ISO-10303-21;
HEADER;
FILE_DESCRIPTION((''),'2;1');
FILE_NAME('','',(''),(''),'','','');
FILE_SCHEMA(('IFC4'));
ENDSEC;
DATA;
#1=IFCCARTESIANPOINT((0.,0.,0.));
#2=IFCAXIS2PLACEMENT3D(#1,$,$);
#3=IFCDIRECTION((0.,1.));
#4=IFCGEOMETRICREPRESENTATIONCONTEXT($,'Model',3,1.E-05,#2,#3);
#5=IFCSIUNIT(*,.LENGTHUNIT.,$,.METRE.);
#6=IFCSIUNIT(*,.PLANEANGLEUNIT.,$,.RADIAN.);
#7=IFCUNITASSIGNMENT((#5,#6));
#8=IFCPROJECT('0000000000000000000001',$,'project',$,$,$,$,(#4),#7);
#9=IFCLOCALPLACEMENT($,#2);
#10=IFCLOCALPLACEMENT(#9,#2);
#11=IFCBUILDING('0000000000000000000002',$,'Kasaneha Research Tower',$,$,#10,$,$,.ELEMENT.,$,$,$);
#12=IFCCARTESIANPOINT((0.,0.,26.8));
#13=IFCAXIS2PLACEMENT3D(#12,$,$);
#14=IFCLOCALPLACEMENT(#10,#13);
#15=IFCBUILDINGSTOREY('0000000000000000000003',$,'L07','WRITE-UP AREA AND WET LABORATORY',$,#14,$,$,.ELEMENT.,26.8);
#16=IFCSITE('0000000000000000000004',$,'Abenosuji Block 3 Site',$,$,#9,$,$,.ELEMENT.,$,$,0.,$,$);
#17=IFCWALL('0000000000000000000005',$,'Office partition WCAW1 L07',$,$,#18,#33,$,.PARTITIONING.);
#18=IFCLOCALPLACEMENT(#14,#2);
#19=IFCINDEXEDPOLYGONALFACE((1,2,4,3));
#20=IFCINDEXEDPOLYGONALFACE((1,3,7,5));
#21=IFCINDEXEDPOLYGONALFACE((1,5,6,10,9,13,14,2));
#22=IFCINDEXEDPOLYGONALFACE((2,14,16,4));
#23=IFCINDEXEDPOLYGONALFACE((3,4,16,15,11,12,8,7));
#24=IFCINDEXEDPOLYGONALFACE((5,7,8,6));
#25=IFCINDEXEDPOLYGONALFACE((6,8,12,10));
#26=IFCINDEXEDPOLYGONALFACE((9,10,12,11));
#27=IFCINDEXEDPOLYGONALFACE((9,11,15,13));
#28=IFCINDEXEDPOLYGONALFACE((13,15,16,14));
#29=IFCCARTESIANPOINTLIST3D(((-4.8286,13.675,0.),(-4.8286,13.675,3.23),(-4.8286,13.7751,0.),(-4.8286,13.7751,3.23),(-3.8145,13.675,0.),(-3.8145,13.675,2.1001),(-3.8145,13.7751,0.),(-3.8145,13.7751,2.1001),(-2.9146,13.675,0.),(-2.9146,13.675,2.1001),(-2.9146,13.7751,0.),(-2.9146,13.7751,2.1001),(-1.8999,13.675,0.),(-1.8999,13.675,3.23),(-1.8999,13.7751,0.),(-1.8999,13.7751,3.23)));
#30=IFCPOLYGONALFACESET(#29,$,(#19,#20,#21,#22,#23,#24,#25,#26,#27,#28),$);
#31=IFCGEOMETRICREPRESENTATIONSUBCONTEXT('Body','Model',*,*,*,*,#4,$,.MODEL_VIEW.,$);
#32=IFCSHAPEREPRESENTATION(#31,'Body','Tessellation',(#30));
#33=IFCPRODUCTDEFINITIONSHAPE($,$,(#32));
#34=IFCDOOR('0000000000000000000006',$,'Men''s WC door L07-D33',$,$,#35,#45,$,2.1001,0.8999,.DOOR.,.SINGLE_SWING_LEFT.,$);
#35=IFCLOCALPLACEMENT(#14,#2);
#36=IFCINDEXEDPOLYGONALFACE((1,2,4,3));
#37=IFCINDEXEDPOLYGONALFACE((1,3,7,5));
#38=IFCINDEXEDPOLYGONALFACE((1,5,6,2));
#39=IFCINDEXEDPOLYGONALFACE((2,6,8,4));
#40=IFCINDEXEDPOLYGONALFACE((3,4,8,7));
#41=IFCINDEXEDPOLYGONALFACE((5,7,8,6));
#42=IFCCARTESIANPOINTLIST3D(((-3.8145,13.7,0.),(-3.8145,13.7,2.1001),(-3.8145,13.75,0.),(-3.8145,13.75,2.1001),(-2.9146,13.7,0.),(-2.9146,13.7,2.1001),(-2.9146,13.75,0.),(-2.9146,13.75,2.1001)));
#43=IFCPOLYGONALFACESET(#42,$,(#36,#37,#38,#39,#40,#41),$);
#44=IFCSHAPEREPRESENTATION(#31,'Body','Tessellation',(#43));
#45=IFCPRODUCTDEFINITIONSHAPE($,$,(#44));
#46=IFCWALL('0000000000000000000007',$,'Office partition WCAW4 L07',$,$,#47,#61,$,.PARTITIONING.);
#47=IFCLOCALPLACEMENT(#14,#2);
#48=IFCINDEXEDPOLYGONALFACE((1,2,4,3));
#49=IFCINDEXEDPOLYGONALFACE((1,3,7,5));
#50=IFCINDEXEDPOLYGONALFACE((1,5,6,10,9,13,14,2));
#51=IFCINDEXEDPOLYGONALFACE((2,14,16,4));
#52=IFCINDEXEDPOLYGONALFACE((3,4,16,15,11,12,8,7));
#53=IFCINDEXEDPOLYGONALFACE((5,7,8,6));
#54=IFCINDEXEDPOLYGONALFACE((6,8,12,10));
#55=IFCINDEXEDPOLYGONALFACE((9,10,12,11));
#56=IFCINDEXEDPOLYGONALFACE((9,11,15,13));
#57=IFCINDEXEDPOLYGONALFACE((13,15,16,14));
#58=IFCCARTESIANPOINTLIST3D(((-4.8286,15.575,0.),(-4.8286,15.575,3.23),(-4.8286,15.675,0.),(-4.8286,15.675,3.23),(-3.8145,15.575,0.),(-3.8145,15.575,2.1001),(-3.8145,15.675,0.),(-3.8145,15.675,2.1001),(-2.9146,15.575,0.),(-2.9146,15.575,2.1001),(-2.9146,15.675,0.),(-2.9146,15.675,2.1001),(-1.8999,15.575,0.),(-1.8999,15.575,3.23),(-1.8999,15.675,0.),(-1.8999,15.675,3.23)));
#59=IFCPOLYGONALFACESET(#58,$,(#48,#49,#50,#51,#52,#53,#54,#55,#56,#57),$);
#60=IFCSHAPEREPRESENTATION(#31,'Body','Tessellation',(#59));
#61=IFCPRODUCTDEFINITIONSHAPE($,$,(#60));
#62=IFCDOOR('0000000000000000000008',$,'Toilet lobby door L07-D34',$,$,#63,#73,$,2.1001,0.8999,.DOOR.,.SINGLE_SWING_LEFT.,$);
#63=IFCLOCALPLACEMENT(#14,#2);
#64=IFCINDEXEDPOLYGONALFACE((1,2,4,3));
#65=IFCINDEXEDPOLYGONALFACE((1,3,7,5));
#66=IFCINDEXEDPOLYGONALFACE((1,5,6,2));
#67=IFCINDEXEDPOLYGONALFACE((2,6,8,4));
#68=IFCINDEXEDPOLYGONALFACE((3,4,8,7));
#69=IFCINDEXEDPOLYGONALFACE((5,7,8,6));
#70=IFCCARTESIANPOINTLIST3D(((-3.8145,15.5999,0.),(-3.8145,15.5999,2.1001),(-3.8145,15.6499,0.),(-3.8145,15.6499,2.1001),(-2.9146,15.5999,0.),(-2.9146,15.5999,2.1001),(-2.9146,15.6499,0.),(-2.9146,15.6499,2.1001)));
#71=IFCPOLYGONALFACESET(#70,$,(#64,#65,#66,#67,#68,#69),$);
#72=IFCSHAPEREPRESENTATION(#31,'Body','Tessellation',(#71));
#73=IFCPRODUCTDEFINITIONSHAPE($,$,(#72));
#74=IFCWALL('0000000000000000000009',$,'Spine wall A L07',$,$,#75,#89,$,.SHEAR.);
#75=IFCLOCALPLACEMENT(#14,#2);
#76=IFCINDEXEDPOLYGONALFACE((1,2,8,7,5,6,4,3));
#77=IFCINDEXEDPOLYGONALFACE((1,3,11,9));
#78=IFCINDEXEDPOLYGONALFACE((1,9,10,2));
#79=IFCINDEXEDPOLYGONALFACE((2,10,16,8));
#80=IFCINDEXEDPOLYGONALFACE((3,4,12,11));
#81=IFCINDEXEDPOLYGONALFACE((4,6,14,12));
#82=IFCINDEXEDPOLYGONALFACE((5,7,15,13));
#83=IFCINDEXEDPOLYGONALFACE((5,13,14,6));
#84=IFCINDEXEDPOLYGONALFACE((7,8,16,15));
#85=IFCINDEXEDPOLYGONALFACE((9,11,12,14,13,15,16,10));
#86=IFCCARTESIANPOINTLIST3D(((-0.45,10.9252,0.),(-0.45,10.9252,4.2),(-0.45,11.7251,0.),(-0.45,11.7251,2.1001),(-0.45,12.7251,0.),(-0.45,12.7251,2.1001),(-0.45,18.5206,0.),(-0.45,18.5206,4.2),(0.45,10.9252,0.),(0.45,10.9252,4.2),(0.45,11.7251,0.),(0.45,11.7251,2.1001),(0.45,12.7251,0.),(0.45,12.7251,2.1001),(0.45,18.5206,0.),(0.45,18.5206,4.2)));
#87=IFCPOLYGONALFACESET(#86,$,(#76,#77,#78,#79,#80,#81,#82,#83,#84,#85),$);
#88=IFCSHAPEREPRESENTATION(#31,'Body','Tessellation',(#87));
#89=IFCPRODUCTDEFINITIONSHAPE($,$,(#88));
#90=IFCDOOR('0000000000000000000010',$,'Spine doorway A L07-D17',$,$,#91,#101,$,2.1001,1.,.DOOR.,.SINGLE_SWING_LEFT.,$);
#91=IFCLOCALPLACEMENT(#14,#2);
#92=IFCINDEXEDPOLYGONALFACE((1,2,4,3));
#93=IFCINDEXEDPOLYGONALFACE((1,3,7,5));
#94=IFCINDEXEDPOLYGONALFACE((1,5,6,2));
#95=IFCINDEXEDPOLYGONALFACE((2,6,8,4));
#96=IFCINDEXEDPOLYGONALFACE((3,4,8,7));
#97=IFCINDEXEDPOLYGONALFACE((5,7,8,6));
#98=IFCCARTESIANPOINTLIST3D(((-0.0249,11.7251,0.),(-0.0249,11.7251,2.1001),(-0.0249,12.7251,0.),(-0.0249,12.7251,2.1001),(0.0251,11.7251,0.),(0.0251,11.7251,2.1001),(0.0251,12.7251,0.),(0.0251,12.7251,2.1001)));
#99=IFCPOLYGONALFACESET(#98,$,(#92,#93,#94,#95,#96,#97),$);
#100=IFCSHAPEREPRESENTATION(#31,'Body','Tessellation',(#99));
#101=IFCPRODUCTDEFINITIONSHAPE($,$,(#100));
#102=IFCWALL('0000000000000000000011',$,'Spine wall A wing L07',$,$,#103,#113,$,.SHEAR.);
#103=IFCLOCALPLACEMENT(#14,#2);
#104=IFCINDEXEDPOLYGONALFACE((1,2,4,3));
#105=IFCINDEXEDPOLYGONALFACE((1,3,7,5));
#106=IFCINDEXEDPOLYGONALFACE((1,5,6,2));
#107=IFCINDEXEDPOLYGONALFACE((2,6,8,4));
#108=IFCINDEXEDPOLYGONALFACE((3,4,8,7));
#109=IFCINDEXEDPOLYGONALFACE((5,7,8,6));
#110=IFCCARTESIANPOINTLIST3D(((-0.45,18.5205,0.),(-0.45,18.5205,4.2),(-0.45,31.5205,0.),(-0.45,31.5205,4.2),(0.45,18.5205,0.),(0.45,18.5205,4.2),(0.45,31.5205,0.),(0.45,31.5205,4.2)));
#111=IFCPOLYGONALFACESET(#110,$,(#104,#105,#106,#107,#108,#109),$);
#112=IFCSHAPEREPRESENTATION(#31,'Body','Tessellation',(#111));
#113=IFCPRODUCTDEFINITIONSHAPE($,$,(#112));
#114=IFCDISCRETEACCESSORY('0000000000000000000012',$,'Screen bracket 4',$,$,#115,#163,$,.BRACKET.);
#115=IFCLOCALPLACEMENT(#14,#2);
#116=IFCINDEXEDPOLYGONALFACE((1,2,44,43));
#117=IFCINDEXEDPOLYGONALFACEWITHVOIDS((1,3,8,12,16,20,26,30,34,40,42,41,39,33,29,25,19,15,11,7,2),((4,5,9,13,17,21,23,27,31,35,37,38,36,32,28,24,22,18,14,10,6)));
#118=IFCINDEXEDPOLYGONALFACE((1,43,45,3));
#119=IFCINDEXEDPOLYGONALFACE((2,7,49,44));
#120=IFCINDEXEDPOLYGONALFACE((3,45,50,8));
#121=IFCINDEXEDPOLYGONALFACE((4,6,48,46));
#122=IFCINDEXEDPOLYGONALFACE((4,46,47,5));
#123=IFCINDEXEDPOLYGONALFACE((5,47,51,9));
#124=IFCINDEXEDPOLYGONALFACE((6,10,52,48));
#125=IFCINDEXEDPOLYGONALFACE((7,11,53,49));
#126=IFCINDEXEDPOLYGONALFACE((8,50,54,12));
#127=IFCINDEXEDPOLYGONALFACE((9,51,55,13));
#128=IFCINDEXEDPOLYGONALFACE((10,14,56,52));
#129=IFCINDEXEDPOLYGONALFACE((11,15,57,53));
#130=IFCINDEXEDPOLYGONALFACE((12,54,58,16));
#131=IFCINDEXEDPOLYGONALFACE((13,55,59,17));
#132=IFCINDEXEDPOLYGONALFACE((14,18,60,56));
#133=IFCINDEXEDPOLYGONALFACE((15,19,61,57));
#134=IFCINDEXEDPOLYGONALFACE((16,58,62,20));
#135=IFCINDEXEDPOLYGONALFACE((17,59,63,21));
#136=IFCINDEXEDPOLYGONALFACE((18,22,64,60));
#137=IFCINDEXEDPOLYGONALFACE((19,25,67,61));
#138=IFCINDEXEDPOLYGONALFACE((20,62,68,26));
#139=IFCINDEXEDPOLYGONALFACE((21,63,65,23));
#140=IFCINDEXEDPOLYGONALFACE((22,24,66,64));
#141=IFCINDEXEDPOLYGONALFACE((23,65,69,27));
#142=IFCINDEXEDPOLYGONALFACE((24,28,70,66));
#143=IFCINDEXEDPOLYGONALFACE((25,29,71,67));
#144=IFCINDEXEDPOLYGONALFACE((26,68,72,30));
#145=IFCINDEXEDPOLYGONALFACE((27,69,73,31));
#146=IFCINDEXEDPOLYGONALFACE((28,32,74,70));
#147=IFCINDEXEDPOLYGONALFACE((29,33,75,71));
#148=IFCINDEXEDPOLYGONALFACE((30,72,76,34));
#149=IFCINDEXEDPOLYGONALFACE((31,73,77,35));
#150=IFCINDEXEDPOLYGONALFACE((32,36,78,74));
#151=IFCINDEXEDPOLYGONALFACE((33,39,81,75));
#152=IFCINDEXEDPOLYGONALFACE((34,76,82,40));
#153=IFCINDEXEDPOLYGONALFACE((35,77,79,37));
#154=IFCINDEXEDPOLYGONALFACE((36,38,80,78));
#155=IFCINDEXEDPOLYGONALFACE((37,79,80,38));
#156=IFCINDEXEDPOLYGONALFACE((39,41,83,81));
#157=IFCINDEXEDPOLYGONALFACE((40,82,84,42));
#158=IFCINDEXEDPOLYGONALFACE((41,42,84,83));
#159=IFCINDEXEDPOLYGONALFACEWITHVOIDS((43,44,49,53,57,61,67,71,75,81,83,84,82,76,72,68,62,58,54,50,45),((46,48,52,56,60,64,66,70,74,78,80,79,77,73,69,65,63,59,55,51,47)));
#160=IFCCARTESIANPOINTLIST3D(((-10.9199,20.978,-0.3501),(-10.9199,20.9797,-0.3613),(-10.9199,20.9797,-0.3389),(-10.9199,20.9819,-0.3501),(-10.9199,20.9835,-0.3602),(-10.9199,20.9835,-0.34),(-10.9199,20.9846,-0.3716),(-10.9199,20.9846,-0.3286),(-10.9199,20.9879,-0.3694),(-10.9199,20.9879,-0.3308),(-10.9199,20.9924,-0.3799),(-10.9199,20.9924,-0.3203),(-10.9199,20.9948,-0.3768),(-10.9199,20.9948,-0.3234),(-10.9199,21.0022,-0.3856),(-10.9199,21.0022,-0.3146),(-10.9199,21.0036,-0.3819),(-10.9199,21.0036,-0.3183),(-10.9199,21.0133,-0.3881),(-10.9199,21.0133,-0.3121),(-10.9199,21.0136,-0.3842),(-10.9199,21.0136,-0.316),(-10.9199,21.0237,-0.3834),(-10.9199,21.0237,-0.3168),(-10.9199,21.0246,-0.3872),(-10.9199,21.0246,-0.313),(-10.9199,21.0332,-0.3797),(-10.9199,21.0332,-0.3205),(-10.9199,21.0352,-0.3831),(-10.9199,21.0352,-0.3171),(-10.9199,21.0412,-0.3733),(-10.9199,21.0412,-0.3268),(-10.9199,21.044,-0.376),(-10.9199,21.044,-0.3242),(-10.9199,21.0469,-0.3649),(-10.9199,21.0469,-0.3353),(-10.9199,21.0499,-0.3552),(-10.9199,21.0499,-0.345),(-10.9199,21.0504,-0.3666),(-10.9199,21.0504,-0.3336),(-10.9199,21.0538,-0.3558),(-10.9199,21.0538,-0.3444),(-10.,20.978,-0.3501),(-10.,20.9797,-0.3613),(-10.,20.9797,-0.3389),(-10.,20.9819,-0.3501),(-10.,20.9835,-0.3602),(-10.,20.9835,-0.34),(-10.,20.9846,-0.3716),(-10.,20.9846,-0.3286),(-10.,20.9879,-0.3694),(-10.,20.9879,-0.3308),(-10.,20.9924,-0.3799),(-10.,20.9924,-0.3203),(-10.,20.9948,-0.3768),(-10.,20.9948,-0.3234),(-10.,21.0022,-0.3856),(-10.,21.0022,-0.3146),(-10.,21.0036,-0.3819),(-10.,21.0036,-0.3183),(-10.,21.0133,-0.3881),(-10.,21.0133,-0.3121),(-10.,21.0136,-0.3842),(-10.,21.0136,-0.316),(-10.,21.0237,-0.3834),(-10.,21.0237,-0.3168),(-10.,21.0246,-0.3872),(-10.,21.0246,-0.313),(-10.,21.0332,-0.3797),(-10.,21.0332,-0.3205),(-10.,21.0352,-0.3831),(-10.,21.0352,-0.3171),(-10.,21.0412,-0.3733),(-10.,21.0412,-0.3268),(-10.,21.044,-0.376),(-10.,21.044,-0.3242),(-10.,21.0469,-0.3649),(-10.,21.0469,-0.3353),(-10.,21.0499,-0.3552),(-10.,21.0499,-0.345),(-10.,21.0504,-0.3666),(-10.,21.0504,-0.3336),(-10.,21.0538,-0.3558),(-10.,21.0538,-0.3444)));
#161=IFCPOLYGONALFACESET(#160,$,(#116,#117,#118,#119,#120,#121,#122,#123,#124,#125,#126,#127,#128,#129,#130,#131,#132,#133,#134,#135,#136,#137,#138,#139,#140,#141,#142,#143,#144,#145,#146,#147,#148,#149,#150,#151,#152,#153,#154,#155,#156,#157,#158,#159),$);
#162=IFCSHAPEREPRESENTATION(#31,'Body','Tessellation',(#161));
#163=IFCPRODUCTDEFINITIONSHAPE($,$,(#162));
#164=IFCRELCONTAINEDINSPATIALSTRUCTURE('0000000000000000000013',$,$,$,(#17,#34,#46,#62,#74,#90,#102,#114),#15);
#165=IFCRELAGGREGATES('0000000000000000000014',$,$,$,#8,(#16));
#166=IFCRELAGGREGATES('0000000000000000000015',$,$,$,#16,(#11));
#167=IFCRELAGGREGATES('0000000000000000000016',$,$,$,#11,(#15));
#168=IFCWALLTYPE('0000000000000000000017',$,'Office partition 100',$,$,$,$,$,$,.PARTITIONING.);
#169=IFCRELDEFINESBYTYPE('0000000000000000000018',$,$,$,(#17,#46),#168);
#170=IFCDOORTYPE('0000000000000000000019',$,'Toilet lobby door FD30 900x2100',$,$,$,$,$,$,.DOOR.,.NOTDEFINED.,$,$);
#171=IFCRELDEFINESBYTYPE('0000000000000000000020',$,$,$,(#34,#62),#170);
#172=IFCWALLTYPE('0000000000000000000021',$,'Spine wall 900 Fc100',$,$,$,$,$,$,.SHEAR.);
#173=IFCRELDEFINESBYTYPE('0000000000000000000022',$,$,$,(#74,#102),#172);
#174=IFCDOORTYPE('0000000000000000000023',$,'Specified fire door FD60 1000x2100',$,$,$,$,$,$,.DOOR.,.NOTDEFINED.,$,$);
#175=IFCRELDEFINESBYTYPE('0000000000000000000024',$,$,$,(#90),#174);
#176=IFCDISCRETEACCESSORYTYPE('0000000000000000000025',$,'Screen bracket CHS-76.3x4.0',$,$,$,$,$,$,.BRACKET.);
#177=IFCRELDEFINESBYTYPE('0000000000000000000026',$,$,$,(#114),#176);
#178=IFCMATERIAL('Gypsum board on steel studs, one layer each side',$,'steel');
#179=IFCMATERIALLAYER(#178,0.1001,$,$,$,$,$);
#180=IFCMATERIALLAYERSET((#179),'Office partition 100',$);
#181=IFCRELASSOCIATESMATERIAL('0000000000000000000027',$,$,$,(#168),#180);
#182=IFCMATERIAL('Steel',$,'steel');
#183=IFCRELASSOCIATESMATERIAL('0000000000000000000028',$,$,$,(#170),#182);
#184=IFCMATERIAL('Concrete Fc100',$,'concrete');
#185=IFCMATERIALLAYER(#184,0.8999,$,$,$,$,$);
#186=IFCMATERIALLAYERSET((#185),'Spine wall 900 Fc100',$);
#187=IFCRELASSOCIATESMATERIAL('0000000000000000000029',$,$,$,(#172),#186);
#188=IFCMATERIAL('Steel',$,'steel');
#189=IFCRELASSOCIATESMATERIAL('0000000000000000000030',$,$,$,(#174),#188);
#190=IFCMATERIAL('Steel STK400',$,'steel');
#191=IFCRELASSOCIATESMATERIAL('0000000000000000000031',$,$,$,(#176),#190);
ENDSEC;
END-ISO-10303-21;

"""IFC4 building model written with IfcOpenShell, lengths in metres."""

from ifc_helpers import new_model, si_unit, direction, frame, frame_2d, origin, origin_2d, place, context, subcontext, project, spatial, rectangle, hollow_circle, extrude, material, layer, layer_set, material_profile, profile_set, type_object, element, fill, save


model = new_model("IFC4")

# Units and contexts
model_context = context("Model", 3, precision=1e-05, world=origin(), true_north=direction((0.0, 1.0)))
body_context = subcontext(model_context, "Body", "Model", "MODEL_VIEW")
ifc_project = project(units=[si_unit("LENGTHUNIT", "METRE"), si_unit("PLANEANGLEUNIT", "RADIAN")], contexts=[model_context])

# Site, building, storey
site_placement = place(None, origin())
site = spatial("IfcSite", under=ifc_project, at=site_placement, Name="Abenosuji Block 3 Site", CompositionType="ELEMENT", RefElevation=0.0)
building_placement = place(site_placement, origin())
building = spatial("IfcBuilding", under=site, at=building_placement, Name="Kasaneha Research Tower", CompositionType="ELEMENT")
storey_placement = place(building_placement, frame((0.0, 0.0, 26.8)))
storey = spatial("IfcBuildingStorey", under=building, at=storey_placement, Name="L07", Description="WRITE-UP AREA AND WET LABORATORY", CompositionType="ELEMENT", Elevation=26.8)

# Walls, openings, doors
ifc_material_1 = material(Name="Gypsum board on steel studs, one layer each side", Category="steel")
ifc_layer_1 = layer(ifc_material_1, 0.1001)
ifc_layer_set_1 = layer_set([ifc_layer_1], Name="Office partition 100")
wall_type_1 = type_object("IfcWallType", Name="Office partition 100", PredefinedType="PARTITIONING", material=ifc_layer_set_1)
wall_1_placement = place(storey_placement, frame((-4.8286, 13.7251, 0.0), z_axis=(0.0, 0.0, 1.0), x_axis=(1.0, 0.0, 0.0)))
wall_1 = element("IfcWall", 1, at=wall_1_placement, inside=storey, type_object=wall_type_1, Name="Office partition WCAW1 L07", PredefinedType="PARTITIONING", context=body_context, shape_type="SweptSolid", body=[
    extrude(rectangle(XDim=2.9287, YDim=0.1001, at=frame_2d((1.4644, 0.0))), origin(), (0.0, 0.0, 1.0), 3.23),
])
opening_1_placement = place(wall_1_placement, frame((1.0142, 0.0, 0.0)))
opening_1 = element("IfcOpeningElement", 2, at=opening_1_placement, cuts=wall_1, PredefinedType="OPENING", context=body_context, shape_type="SweptSolid", body=[
    extrude(rectangle(XDim=0.8999, YDim=2.1001, at=frame_2d((0.45, 1.05))), frame((0.0, 0.0601, 0.0), z_axis=(0.0, -1.0, 0.0), x_axis=(1.0, 0.0, 0.0)), (0.0, 0.0, 1.0), 0.1201),
])
ifc_material_2 = material(Name="Steel", Category="steel")
door_type_1 = type_object("IfcDoorType", Name="Toilet lobby door FD30 900x2100", OperationType="NOTDEFINED", PredefinedType="DOOR", material=ifc_material_2)
door_1_placement = place(opening_1_placement, origin())
door_1 = element("IfcDoor", 3, at=door_1_placement, inside=storey, type_object=door_type_1, Name="Men's WC door L07-D33", OperationType="SINGLE_SWING_LEFT", OverallHeight=2.1001, OverallWidth=0.8999, PredefinedType="DOOR", context=body_context, shape_type="SweptSolid", body=[
    extrude(rectangle(XDim=0.8999, YDim=2.1001, at=frame_2d((0.45, 1.05))), frame((0.0, 0.0249, 0.0), z_axis=(0.0, -1.0, 0.0), x_axis=(1.0, 0.0, 0.0)), (0.0, 0.0, 1.0), 0.05),
])
fill(opening_1, door_1)
wall_2_placement = place(storey_placement, frame((-4.8286, 15.625, 0.0), z_axis=(0.0, 0.0, 1.0), x_axis=(1.0, 0.0, 0.0)))
wall_2 = element("IfcWall", 4, at=wall_2_placement, inside=storey, type_object=wall_type_1, Name="Office partition WCAW4 L07", PredefinedType="PARTITIONING", context=body_context, shape_type="SweptSolid", body=[
    extrude(rectangle(XDim=2.9287, YDim=0.1001, at=frame_2d((1.4644, 0.0))), origin(), (0.0, 0.0, 1.0), 3.23),
])
opening_2_placement = place(wall_2_placement, frame((1.0142, 0.0, 0.0)))
opening_2 = element("IfcOpeningElement", 5, at=opening_2_placement, cuts=wall_2, PredefinedType="OPENING", context=body_context, shape_type="SweptSolid", body=[
    extrude(rectangle(XDim=0.8999, YDim=2.1001, at=frame_2d((0.45, 1.05))), frame((0.0, 0.0601, 0.0), z_axis=(0.0, -1.0, 0.0), x_axis=(1.0, 0.0, 0.0)), (0.0, 0.0, 1.0), 0.1201),
])
door_2_placement = place(opening_2_placement, origin())
door_2 = element("IfcDoor", 6, at=door_2_placement, inside=storey, type_object=door_type_1, Name="Toilet lobby door L07-D34", OperationType="SINGLE_SWING_LEFT", OverallHeight=2.1001, OverallWidth=0.8999, PredefinedType="DOOR", context=body_context, shape_type="SweptSolid", body=[
    extrude(rectangle(XDim=0.8999, YDim=2.1001, at=frame_2d((0.45, 1.05))), frame((0.0, 0.0249, 0.0), z_axis=(0.0, -1.0, 0.0), x_axis=(1.0, 0.0, 0.0)), (0.0, 0.0, 1.0), 0.05),
])
fill(opening_2, door_2)
ifc_material_3 = material(Name="Concrete Fc100", Category="concrete")
ifc_layer_2 = layer(ifc_material_3, 0.8999)
ifc_layer_set_2 = layer_set([ifc_layer_2], Name="Spine wall 900 Fc100")
wall_type_2 = type_object("IfcWallType", Name="Spine wall 900 Fc100", PredefinedType="SHEAR", material=ifc_layer_set_2)
wall_3_placement = place(storey_placement, frame((0.0, 10.925, 0.0), z_axis=(0.0, 0.0, 1.0), x_axis=(0.0, 1.0, 0.0)))
wall_3 = element("IfcWall", 7, at=wall_3_placement, inside=storey, type_object=wall_type_2, Name="Spine wall A L07", PredefinedType="SHEAR", context=body_context, shape_type="SweptSolid", body=[
    extrude(rectangle(XDim=7.5955, YDim=0.8999, at=frame_2d((3.7979, 0.0))), origin(), (0.0, 0.0, 1.0), 4.2),
])
opening_3_placement = place(wall_3_placement, frame((0.8, 0.0, 0.0)))
opening_3 = element("IfcOpeningElement", 8, at=opening_3_placement, cuts=wall_3, PredefinedType="OPENING", context=body_context, shape_type="SweptSolid", body=[
    extrude(rectangle(XDim=1.0, YDim=2.1001, at=frame_2d((0.5, 1.05))), frame((0.0, 0.46, 0.0), z_axis=(0.0, -1.0, 0.0), x_axis=(1.0, 0.0, 0.0)), (0.0, 0.0, 1.0), 0.9199),
])
ifc_material_4 = material(Name="Steel", Category="steel")
door_type_2 = type_object("IfcDoorType", Name="Specified fire door FD60 1000x2100", OperationType="NOTDEFINED", PredefinedType="DOOR", material=ifc_material_4)
door_3_placement = place(opening_3_placement, origin())
door_3 = element("IfcDoor", 9, at=door_3_placement, inside=storey, type_object=door_type_2, Name="Spine doorway A L07-D17", OperationType="SINGLE_SWING_LEFT", OverallHeight=2.1001, OverallWidth=1.0, PredefinedType="DOOR", context=body_context, shape_type="SweptSolid", body=[
    extrude(rectangle(XDim=1.0, YDim=2.1001, at=frame_2d((0.5, 1.05))), frame((0.0, 0.0249, 0.0), z_axis=(0.0, -1.0, 0.0), x_axis=(1.0, 0.0, 0.0)), (0.0, 0.0, 1.0), 0.05),
])
fill(opening_3, door_3)

# Wall
wall_4_placement = place(storey_placement, frame((0.0, 18.5205, 0.0), z_axis=(0.0, 0.0, 1.0), x_axis=(0.0, 1.0, 0.0)))
element("IfcWall", 10, at=wall_4_placement, inside=storey, type_object=wall_type_2, Name="Spine wall A wing L07", PredefinedType="SHEAR", context=body_context, shape_type="SweptSolid", body=[
    extrude(rectangle(XDim=13.0, YDim=0.8999, at=frame_2d((6.5, 0.0))), origin(), (0.0, 0.0, 1.0), 4.2),
])

# Discrete accessory
ifc_material_5 = material(Name="Steel STK400", Category="steel")
ifc_material_profile_1 = material_profile(ifc_material_5, hollow_circle(Radius=0.0381, WallThickness=0.0039, at=origin_2d()), Name="CHS-76.3x4.0")
ifc_profile_set_1 = profile_set([ifc_material_profile_1], Name="Steel STK400")
discrete_accessory_type = type_object("IfcDiscreteAccessoryType", Name="Screen bracket CHS-76.3x4.0", PredefinedType="BRACKET", material=ifc_profile_set_1)
for number, where, z_axis, x_axis, name in (
    (11, (-10.0, 21.0161, -0.3501), (-1.0, 0.0, 0.0), (0.0, -1.0, 0.0), "Screen bracket 4"),
):
    element("IfcDiscreteAccessory", number, at=place(storey_placement, frame(where, z_axis=z_axis, x_axis=x_axis)), inside=storey, type_object=discrete_accessory_type, Name=name, PredefinedType="BRACKET", context=body_context, shape_type="SweptSolid", body=[
        extrude(hollow_circle(Radius=0.0381, WallThickness=0.0039, at=origin_2d()), origin(), (0.0, 0.0, 1.0), 0.9199),
    ])

save(model, "model.ifc")
